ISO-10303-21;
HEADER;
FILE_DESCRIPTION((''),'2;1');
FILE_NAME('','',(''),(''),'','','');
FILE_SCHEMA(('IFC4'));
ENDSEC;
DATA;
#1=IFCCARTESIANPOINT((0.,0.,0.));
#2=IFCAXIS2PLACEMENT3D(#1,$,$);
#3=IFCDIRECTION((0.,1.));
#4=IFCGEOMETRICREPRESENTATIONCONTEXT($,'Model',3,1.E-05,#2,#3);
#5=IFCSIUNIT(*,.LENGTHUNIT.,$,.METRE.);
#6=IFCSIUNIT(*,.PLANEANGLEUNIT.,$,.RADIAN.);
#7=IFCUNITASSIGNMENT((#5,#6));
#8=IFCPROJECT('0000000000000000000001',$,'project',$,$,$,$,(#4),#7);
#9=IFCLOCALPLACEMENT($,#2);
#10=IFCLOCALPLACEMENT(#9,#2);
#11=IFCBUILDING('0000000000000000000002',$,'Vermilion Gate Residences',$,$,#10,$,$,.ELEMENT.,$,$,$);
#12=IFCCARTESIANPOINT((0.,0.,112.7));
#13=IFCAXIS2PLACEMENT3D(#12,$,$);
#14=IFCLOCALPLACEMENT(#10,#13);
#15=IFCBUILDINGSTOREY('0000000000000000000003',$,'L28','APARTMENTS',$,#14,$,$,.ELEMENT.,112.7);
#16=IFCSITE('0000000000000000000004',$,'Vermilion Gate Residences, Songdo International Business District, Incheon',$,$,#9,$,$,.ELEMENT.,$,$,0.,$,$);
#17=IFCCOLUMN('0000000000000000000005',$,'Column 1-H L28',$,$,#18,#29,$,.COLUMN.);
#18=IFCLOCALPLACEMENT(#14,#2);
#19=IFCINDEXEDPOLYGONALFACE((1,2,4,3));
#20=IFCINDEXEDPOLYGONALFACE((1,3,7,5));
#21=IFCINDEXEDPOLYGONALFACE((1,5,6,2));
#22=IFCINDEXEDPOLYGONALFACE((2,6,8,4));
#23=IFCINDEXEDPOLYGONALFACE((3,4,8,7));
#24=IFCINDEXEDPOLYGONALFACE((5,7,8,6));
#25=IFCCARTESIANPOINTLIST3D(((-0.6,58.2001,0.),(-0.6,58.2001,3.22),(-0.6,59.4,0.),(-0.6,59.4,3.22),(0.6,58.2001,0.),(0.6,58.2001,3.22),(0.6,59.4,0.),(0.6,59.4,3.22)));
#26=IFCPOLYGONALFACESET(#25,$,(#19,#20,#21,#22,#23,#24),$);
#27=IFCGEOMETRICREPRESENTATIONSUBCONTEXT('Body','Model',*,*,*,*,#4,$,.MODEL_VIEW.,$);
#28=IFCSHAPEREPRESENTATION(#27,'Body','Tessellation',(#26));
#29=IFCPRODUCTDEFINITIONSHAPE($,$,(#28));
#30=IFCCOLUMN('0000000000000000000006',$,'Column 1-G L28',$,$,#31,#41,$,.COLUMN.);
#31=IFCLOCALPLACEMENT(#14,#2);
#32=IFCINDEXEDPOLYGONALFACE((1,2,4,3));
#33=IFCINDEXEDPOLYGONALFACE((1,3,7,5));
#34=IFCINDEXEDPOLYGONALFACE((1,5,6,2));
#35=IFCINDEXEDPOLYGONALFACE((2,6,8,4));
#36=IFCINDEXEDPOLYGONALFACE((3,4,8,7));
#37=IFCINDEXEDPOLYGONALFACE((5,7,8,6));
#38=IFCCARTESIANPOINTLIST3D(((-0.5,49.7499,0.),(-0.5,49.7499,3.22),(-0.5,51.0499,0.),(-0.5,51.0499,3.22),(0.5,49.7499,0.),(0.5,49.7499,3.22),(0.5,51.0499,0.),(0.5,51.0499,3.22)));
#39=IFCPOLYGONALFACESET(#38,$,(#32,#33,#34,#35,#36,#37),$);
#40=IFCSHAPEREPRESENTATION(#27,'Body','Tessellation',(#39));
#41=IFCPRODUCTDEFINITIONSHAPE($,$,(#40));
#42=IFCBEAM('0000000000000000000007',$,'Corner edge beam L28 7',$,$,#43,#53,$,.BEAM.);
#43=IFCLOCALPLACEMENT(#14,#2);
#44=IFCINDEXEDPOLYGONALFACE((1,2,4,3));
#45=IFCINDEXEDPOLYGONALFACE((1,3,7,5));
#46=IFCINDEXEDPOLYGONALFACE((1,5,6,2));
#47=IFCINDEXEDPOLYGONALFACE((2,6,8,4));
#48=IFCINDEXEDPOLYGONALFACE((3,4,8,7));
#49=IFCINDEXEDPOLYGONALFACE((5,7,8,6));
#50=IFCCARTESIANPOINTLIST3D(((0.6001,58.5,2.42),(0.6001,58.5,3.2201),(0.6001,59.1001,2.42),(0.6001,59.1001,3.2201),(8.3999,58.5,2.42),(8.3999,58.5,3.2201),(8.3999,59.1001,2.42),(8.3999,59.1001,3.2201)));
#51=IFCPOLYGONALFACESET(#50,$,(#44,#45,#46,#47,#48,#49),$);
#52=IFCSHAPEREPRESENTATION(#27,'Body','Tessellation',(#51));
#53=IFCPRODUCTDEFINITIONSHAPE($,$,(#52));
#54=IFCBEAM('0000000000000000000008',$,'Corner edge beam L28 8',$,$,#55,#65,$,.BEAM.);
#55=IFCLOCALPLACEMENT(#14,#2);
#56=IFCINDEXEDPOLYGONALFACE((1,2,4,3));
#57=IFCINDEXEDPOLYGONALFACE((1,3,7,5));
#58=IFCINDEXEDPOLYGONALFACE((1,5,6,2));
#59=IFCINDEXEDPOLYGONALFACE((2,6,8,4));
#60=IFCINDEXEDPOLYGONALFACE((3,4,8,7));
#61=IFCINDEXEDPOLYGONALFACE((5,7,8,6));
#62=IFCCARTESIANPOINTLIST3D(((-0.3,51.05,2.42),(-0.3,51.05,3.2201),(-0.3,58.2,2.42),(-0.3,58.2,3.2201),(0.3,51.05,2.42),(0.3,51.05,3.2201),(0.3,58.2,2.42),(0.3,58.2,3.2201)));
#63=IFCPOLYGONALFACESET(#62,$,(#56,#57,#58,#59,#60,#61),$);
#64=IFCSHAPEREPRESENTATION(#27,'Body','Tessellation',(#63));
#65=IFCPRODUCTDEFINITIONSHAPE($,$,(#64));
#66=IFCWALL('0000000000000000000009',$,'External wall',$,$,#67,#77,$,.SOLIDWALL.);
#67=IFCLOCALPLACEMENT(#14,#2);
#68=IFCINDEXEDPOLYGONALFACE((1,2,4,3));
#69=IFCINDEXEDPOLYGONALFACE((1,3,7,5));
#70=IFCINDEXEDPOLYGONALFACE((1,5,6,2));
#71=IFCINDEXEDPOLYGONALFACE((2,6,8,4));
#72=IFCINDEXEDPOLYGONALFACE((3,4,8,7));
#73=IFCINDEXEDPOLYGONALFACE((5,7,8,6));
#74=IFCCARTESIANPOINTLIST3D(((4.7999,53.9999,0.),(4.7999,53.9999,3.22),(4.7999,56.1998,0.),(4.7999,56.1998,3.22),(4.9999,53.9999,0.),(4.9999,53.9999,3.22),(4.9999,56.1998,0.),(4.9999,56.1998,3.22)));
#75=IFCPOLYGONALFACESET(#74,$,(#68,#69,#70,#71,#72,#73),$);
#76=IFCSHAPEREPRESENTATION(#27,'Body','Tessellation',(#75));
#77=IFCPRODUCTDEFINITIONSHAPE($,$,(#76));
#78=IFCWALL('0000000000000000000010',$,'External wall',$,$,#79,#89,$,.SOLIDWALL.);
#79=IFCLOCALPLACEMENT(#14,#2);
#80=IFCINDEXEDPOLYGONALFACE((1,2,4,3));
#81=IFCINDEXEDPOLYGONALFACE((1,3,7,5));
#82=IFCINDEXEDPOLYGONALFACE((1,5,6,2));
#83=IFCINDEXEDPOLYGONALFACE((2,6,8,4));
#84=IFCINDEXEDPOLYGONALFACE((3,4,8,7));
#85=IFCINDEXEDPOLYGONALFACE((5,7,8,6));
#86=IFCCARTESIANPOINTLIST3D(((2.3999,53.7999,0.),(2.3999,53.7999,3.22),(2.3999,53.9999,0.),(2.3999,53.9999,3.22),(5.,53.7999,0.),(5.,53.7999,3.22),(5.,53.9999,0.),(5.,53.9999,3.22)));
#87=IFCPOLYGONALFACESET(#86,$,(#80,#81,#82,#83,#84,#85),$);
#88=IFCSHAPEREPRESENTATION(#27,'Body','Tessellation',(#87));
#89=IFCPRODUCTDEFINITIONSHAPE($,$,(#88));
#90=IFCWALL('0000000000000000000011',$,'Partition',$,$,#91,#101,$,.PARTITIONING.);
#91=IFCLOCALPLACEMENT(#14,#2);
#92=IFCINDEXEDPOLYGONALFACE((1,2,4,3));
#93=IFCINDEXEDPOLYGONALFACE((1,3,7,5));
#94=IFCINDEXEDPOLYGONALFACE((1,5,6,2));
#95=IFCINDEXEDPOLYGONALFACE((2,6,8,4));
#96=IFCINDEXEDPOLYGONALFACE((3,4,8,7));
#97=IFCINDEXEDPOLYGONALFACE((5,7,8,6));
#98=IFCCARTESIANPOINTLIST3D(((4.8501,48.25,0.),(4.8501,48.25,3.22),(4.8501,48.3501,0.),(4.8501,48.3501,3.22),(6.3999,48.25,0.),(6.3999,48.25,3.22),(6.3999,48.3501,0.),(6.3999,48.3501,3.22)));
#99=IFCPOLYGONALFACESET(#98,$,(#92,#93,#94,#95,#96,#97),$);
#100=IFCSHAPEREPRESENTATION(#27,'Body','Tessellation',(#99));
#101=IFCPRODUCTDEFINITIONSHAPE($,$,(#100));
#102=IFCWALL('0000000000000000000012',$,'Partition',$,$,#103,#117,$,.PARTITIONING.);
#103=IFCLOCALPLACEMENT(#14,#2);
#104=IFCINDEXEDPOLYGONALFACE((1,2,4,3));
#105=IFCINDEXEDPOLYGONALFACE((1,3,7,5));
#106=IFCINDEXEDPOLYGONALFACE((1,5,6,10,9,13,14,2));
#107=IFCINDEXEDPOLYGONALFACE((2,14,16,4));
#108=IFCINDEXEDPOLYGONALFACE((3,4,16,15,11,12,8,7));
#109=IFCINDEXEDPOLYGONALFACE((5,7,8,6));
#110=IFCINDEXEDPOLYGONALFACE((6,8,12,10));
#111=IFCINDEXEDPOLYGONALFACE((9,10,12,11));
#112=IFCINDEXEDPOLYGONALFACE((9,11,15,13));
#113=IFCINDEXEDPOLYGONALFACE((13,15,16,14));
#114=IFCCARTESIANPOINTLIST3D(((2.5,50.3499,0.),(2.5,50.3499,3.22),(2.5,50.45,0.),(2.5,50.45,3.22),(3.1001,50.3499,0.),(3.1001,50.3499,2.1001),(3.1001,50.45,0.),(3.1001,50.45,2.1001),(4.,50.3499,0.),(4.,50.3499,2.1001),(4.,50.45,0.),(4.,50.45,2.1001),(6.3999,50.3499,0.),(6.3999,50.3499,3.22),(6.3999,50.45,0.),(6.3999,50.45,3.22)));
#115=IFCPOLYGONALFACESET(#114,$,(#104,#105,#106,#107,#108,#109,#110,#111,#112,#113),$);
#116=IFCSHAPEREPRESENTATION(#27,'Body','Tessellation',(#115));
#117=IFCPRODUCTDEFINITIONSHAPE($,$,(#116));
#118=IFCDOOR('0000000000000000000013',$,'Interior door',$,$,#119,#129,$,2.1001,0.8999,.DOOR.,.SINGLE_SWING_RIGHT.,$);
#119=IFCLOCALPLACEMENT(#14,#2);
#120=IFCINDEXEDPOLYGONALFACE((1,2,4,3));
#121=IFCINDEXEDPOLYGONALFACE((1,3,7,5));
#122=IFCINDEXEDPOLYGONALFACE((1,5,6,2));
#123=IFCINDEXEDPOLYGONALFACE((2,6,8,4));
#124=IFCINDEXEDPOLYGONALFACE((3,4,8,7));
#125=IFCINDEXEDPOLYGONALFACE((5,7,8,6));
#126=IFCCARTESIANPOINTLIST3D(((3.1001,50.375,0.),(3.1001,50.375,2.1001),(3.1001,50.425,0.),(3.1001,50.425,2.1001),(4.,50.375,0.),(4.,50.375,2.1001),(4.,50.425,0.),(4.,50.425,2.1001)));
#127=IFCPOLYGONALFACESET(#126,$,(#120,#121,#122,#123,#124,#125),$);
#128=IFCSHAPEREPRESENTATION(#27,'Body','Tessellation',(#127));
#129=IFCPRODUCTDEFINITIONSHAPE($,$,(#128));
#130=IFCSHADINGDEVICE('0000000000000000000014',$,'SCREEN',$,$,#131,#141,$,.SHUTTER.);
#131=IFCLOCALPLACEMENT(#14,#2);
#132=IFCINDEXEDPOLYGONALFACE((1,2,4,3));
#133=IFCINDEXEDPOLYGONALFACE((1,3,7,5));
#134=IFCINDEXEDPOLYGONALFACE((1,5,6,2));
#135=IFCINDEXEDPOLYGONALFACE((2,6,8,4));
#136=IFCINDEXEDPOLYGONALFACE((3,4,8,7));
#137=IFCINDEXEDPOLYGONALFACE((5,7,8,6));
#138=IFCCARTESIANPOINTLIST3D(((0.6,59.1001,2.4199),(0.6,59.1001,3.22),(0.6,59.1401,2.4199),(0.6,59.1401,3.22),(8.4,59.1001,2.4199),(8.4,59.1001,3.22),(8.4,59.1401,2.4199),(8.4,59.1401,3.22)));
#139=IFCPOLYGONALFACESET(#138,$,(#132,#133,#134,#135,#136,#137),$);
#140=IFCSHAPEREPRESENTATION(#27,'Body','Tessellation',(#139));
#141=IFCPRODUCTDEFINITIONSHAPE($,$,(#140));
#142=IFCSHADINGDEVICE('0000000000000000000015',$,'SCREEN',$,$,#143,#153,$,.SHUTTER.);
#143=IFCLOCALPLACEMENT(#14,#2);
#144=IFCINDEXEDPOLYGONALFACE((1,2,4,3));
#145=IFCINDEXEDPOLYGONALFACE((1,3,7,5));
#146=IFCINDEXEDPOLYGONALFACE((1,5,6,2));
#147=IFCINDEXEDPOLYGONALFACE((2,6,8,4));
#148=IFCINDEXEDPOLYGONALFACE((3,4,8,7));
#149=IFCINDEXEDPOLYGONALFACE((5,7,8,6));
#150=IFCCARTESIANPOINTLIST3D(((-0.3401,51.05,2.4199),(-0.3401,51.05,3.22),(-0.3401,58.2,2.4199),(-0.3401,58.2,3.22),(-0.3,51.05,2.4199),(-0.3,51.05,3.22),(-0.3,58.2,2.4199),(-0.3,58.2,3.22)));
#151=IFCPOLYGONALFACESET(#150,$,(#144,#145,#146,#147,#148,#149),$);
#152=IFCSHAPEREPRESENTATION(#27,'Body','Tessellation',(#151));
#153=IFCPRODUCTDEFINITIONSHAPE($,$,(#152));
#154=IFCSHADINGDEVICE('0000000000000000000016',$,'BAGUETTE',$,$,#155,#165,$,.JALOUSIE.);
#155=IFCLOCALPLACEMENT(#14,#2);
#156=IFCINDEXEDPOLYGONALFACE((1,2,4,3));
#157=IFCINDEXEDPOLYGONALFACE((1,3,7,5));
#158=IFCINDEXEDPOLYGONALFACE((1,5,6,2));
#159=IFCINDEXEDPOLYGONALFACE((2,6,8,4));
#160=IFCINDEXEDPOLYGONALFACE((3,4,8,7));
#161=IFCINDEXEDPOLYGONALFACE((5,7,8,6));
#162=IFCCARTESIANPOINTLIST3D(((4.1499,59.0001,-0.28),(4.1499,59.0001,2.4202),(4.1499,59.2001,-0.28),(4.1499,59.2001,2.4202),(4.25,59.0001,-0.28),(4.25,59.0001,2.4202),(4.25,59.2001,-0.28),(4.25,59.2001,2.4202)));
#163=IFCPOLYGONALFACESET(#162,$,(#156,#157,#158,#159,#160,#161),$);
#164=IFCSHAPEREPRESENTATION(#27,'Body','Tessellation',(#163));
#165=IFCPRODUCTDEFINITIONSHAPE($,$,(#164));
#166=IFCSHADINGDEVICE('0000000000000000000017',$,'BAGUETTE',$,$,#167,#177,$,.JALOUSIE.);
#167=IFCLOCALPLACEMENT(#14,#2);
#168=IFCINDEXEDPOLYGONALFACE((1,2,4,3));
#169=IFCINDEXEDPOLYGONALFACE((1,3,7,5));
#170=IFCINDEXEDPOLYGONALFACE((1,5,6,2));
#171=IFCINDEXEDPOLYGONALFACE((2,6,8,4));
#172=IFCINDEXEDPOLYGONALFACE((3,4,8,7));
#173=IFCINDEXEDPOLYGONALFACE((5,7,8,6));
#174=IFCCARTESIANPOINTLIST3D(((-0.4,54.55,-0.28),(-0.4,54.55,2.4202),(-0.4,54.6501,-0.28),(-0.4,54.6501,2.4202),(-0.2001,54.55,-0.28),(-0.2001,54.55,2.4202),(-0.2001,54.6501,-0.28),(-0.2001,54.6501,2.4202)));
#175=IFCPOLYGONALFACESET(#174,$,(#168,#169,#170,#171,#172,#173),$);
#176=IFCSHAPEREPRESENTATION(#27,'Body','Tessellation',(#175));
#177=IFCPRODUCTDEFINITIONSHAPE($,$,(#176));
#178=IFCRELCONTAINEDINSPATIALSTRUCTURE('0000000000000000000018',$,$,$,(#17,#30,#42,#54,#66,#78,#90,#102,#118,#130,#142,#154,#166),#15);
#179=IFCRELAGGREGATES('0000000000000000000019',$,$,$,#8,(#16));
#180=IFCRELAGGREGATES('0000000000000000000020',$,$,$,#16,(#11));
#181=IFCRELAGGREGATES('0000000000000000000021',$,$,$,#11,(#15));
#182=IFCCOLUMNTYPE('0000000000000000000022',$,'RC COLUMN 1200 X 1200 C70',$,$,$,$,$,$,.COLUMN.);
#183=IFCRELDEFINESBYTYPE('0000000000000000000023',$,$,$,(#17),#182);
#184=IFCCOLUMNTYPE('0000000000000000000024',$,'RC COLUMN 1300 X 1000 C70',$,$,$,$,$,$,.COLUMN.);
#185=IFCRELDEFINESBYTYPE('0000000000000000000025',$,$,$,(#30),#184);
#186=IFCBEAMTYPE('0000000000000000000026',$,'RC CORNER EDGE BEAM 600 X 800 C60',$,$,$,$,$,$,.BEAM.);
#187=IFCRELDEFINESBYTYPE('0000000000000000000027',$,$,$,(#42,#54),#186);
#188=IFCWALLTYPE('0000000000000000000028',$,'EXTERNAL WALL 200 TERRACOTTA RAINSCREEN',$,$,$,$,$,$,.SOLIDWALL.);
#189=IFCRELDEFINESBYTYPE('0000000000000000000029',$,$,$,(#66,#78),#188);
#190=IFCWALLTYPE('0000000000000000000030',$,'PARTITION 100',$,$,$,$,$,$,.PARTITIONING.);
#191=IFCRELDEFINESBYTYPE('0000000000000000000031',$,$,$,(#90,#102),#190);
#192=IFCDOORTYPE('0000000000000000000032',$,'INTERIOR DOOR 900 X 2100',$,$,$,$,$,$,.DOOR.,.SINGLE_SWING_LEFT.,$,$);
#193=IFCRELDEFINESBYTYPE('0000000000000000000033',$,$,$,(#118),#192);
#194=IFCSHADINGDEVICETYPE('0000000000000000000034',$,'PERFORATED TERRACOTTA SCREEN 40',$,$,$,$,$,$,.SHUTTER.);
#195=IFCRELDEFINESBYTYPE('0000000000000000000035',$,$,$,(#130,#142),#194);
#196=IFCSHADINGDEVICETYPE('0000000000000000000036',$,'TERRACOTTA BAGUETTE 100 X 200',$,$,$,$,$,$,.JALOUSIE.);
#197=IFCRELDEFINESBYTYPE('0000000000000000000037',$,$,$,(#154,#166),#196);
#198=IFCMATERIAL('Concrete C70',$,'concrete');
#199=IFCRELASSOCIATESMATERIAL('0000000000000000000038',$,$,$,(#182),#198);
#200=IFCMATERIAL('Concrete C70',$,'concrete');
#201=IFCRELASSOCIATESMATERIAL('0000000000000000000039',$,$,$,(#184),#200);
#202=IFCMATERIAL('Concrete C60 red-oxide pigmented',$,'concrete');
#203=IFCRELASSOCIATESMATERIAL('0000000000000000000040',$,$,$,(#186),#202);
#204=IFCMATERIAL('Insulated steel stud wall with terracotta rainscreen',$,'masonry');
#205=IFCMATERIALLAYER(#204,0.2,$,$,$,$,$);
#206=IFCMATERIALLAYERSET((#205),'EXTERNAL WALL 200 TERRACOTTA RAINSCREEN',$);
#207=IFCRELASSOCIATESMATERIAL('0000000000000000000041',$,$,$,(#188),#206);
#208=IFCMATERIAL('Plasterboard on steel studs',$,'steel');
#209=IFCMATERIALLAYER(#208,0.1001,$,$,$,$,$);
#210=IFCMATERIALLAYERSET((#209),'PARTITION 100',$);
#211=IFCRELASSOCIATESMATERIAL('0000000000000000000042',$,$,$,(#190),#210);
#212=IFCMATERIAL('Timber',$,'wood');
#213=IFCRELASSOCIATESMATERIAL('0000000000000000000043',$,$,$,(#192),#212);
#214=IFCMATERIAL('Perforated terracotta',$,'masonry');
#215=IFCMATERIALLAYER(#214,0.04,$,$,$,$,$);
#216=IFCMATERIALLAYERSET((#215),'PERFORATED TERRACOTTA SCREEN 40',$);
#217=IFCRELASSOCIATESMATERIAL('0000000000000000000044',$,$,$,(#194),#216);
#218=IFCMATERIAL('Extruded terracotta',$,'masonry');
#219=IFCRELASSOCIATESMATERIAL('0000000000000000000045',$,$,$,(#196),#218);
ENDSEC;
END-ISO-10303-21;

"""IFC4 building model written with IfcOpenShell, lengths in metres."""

from ifc_helpers import new_model, si_unit, direction, frame, frame_2d, origin, origin_2d, place, context, subcontext, project, spatial, rectangle, extrude, material, layer, layer_set, material_profile, profile_set, type_object, element, fill, save


model = new_model("IFC4")

# Units and contexts
model_context = context("Model", 3, precision=1e-05, world=origin(), true_north=direction((0.0, 1.0)))
body_context = subcontext(model_context, "Body", "Model", "MODEL_VIEW")
ifc_project = project(units=[si_unit("LENGTHUNIT", "METRE"), si_unit("PLANEANGLEUNIT", "RADIAN")], contexts=[model_context])

# Site, building, storey
site_placement = place(None, origin())
site = spatial("IfcSite", under=ifc_project, at=site_placement, Name="Vermilion Gate Residences, Songdo International Business District, Incheon", CompositionType="ELEMENT", RefElevation=0.0)
building_placement = place(site_placement, origin())
building = spatial("IfcBuilding", under=site, at=building_placement, Name="Vermilion Gate Residences", CompositionType="ELEMENT")
storey_placement = place(building_placement, frame((0.0, 0.0, 112.7)))
storey = spatial("IfcBuildingStorey", under=building, at=storey_placement, Name="L28", Description="APARTMENTS", CompositionType="ELEMENT", Elevation=112.7)

# Columns
ifc_material_1 = material(Name="Concrete C70", Category="concrete")
ifc_material_profile_1 = material_profile(ifc_material_1, rectangle(XDim=1.2, YDim=1.2, at=origin_2d()), Name="RC-1200x1200")
ifc_profile_set_1 = profile_set([ifc_material_profile_1], Name="Concrete C70")
column_type_1 = type_object("IfcColumnType", Name="RC COLUMN 1200 X 1200 C70", PredefinedType="COLUMN", material=ifc_profile_set_1)
column_1_placement = place(storey_placement, frame((0.0, 58.8, 0.0), z_axis=(0.0, 0.0, 1.0), x_axis=(1.0, 0.0, 0.0)))
element("IfcColumn", 1, at=column_1_placement, inside=storey, type_object=column_type_1, Name="Column 1-H L28", PredefinedType="COLUMN", context=body_context, shape_type="SweptSolid", body=[
    extrude(rectangle(XDim=1.2, YDim=1.2, at=origin_2d()), origin(), (0.0, 0.0, 1.0), 3.22),
])
ifc_material_2 = material(Name="Concrete C70", Category="concrete")
ifc_material_profile_2 = material_profile(ifc_material_2, rectangle(XDim=1.3, YDim=1.0, at=origin_2d()), Name="RC-1300x1000")
ifc_profile_set_2 = profile_set([ifc_material_profile_2], Name="Concrete C70")
column_type_2 = type_object("IfcColumnType", Name="RC COLUMN 1300 X 1000 C70", PredefinedType="COLUMN", material=ifc_profile_set_2)
column_2_placement = place(storey_placement, frame((0.0, 50.3999, 0.0), z_axis=(0.0, 0.0, 1.0), x_axis=(0.0, 1.0, 0.0)))
element("IfcColumn", 2, at=column_2_placement, inside=storey, type_object=column_type_2, Name="Column 1-G L28", PredefinedType="COLUMN", context=body_context, shape_type="SweptSolid", body=[
    extrude(rectangle(XDim=1.3, YDim=1.0, at=origin_2d()), origin(), (0.0, 0.0, 1.0), 3.22),
])

# Beams
ifc_material_3 = material(Name="Concrete C60 red-oxide pigmented", Category="concrete")
ifc_material_profile_3 = material_profile(ifc_material_3, rectangle(XDim=0.6001, YDim=0.8, at=origin_2d()), Name="RC-600x800")
ifc_profile_set_3 = profile_set([ifc_material_profile_3], Name="Concrete C60 red-oxide pigmented")
beam_type = type_object("IfcBeamType", Name="RC CORNER EDGE BEAM 600 X 800 C60", PredefinedType="BEAM", material=ifc_profile_set_3)
beam_1_placement = place(storey_placement, frame((0.6001, 58.8, 2.8201), z_axis=(1.0, 0.0, 0.0), x_axis=(0.0, 1.0, 0.0)))
element("IfcBeam", 3, at=beam_1_placement, inside=storey, type_object=beam_type, Name="Corner edge beam L28 7", PredefinedType="BEAM", context=body_context, shape_type="SweptSolid", body=[
    extrude(rectangle(XDim=0.6001, YDim=0.8, at=origin_2d()), origin(), (0.0, 0.0, 1.0), 7.7998),
])
beam_2_placement = place(storey_placement, frame((0.0, 51.05, 2.8201), z_axis=(0.0, 1.0, 0.0), x_axis=(-1.0, 0.0, 0.0)))
element("IfcBeam", 4, at=beam_2_placement, inside=storey, type_object=beam_type, Name="Corner edge beam L28 8", PredefinedType="BEAM", context=body_context, shape_type="SweptSolid", body=[
    extrude(rectangle(XDim=0.6001, YDim=0.8, at=origin_2d()), origin(), (0.0, 0.0, 1.0), 7.1499),
])

# Walls
ifc_material_4 = material(Name="Insulated steel stud wall with terracotta rainscreen", Category="masonry")
ifc_layer_1 = layer(ifc_material_4, 0.2)
ifc_layer_set_1 = layer_set([ifc_layer_1], Name="EXTERNAL WALL 200 TERRACOTTA RAINSCREEN")
wall_type_1 = type_object("IfcWallType", Name="EXTERNAL WALL 200 TERRACOTTA RAINSCREEN", PredefinedType="SOLIDWALL", material=ifc_layer_set_1)
wall_1_placement = place(storey_placement, frame((4.8999, 56.2, 0.0), z_axis=(0.0, 0.0, 1.0), x_axis=(0.0, -1.0, 0.0)))
element("IfcWall", 5, at=wall_1_placement, inside=storey, type_object=wall_type_1, Name="External wall", PredefinedType="SOLIDWALL", context=body_context, shape_type="SweptSolid", body=[
    extrude(rectangle(XDim=2.2, YDim=0.2, at=frame_2d((1.1001, 0.0))), origin(), (0.0, 0.0, 1.0), 3.22),
])
wall_2_placement = place(storey_placement, frame((5.0, 53.8999, 0.0), z_axis=(0.0, 0.0, 1.0), x_axis=(-1.0, 0.0, 0.0)))
element("IfcWall", 6, at=wall_2_placement, inside=storey, type_object=wall_type_1, Name="External wall", PredefinedType="SOLIDWALL", context=body_context, shape_type="SweptSolid", body=[
    extrude(rectangle(XDim=2.6001, YDim=0.2, at=frame_2d((1.3, 0.0))), origin(), (0.0, 0.0, 1.0), 3.22),
])

# Wall
ifc_material_5 = material(Name="Plasterboard on steel studs", Category="steel")
ifc_layer_2 = layer(ifc_material_5, 0.1001)
ifc_layer_set_2 = layer_set([ifc_layer_2], Name="PARTITION 100")
wall_type_2 = type_object("IfcWallType", Name="PARTITION 100", PredefinedType="PARTITIONING", material=ifc_layer_set_2)
wall_3_placement = place(storey_placement, frame((4.8501, 48.3, 0.0), z_axis=(0.0, 0.0, 1.0), x_axis=(1.0, 0.0, 0.0)))
element("IfcWall", 7, at=wall_3_placement, inside=storey, type_object=wall_type_2, Name="Partition", PredefinedType="PARTITIONING", context=body_context, shape_type="SweptSolid", body=[
    extrude(rectangle(XDim=1.5498, YDim=0.1001, at=frame_2d((0.7749, 0.0))), origin(), (0.0, 0.0, 1.0), 3.22),
])

# Wall, opening, door
wall_4_placement = place(storey_placement, frame((2.5, 50.3999, 0.0), z_axis=(0.0, 0.0, 1.0), x_axis=(1.0, 0.0, 0.0)))
wall_4 = element("IfcWall", 8, at=wall_4_placement, inside=storey, type_object=wall_type_2, Name="Partition", PredefinedType="PARTITIONING", context=body_context, shape_type="SweptSolid", body=[
    extrude(rectangle(XDim=3.8999, YDim=0.1001, at=frame_2d((1.95, 0.0))), origin(), (0.0, 0.0, 1.0), 3.22),
])
opening_1_placement = place(wall_4_placement, frame((0.6001, 0.0, 0.0)))
opening_1 = element("IfcOpeningElement", 9, at=opening_1_placement, cuts=wall_4, PredefinedType="OPENING", context=body_context, shape_type="SweptSolid", body=[
    extrude(rectangle(XDim=0.8999, YDim=2.1001, at=frame_2d((0.45, 1.05))), frame((0.0, 0.0601, 0.0), z_axis=(0.0, -1.0, 0.0), x_axis=(1.0, 0.0, 0.0)), (0.0, 0.0, 1.0), 0.1201),
])
ifc_material_6 = material(Name="Timber", Category="wood")
door_type_1 = type_object("IfcDoorType", Name="INTERIOR DOOR 900 X 2100", OperationType="SINGLE_SWING_LEFT", PredefinedType="DOOR", material=ifc_material_6)
door_1_placement = place(opening_1_placement, frame((0.8999, 0.0, 0.0), z_axis=(0.0, 0.0, 1.0), x_axis=(-1.0, 0.0, 0.0)))
door_1 = element("IfcDoor", 10, at=door_1_placement, inside=storey, type_object=door_type_1, Name="Interior door", OperationType="SINGLE_SWING_RIGHT", OverallHeight=2.1001, OverallWidth=0.8999, PredefinedType="DOOR", context=body_context, shape_type="SweptSolid", body=[
    extrude(rectangle(XDim=0.8999, YDim=2.1001, at=frame_2d((0.45, 1.05))), frame((0.0, 0.0249, 0.0), z_axis=(0.0, -1.0, 0.0), x_axis=(1.0, 0.0, 0.0)), (0.0, 0.0, 1.0), 0.05),
])
fill(opening_1, door_1)

# Shading devices
ifc_material_7 = material(Name="Perforated terracotta", Category="masonry")
ifc_layer_3 = layer(ifc_material_7, 0.04)
ifc_layer_set_3 = layer_set([ifc_layer_3], Name="PERFORATED TERRACOTTA SCREEN 40")
shading_device_type_1 = type_object("IfcShadingDeviceType", Name="PERFORATED TERRACOTTA SCREEN 40", PredefinedType="SHUTTER", material=ifc_layer_set_3)
shading_device_1_placement = place(storey_placement, frame((4.5, 59.1201, 2.4199), z_axis=(0.0, 0.0, 1.0), x_axis=(-1.0, 0.0, 0.0)))
element("IfcShadingDevice", 11, at=shading_device_1_placement, inside=storey, type_object=shading_device_type_1, Name="SCREEN", PredefinedType="SHUTTER", context=body_context, shape_type="SweptSolid", body=[
    extrude(rectangle(XDim=7.8, YDim=0.04, at=origin_2d()), origin(), (0.0, 0.0, 1.0), 0.8),
])
shading_device_2_placement = place(storey_placement, frame((-0.3201, 54.625, 2.4199), z_axis=(0.0, 0.0, 1.0), x_axis=(0.0, -1.0, 0.0)))
element("IfcShadingDevice", 12, at=shading_device_2_placement, inside=storey, type_object=shading_device_type_1, Name="SCREEN", PredefinedType="SHUTTER", context=body_context, shape_type="SweptSolid", body=[
    extrude(rectangle(XDim=7.1499, YDim=0.04, at=origin_2d()), origin(), (0.0, 0.0, 1.0), 0.8),
])
ifc_material_8 = material(Name="Extruded terracotta", Category="masonry")
ifc_material_profile_4 = material_profile(ifc_material_8, rectangle(XDim=0.2, YDim=0.1001, at=origin_2d()), Name="BAGUETTE 100 X 200")
ifc_profile_set_4 = profile_set([ifc_material_profile_4], Name="Extruded terracotta")
shading_device_type_2 = type_object("IfcShadingDeviceType", Name="TERRACOTTA BAGUETTE 100 X 200", PredefinedType="JALOUSIE", material=ifc_profile_set_4)
for number, where, z_axis, x_axis, name in (
    (13, (4.2, 59.1001, -0.28), (0.0, 0.0, 1.0), (0.0, -1.0, 0.0), "BAGUETTE"),
    (14, (-0.3, 54.6001, -0.28), (0.0, 0.0, 1.0), (1.0, 0.0, 0.0), "BAGUETTE"),
):
    element("IfcShadingDevice", number, at=place(storey_placement, frame(where, z_axis=z_axis, x_axis=x_axis)), inside=storey, type_object=shading_device_type_2, Name=name, PredefinedType="JALOUSIE", context=body_context, shape_type="SweptSolid", body=[
        extrude(rectangle(XDim=0.2, YDim=0.1001, at=origin_2d()), origin(), (0.0, 0.0, 1.0), 2.7002),
    ])

save(model, "model.ifc")
